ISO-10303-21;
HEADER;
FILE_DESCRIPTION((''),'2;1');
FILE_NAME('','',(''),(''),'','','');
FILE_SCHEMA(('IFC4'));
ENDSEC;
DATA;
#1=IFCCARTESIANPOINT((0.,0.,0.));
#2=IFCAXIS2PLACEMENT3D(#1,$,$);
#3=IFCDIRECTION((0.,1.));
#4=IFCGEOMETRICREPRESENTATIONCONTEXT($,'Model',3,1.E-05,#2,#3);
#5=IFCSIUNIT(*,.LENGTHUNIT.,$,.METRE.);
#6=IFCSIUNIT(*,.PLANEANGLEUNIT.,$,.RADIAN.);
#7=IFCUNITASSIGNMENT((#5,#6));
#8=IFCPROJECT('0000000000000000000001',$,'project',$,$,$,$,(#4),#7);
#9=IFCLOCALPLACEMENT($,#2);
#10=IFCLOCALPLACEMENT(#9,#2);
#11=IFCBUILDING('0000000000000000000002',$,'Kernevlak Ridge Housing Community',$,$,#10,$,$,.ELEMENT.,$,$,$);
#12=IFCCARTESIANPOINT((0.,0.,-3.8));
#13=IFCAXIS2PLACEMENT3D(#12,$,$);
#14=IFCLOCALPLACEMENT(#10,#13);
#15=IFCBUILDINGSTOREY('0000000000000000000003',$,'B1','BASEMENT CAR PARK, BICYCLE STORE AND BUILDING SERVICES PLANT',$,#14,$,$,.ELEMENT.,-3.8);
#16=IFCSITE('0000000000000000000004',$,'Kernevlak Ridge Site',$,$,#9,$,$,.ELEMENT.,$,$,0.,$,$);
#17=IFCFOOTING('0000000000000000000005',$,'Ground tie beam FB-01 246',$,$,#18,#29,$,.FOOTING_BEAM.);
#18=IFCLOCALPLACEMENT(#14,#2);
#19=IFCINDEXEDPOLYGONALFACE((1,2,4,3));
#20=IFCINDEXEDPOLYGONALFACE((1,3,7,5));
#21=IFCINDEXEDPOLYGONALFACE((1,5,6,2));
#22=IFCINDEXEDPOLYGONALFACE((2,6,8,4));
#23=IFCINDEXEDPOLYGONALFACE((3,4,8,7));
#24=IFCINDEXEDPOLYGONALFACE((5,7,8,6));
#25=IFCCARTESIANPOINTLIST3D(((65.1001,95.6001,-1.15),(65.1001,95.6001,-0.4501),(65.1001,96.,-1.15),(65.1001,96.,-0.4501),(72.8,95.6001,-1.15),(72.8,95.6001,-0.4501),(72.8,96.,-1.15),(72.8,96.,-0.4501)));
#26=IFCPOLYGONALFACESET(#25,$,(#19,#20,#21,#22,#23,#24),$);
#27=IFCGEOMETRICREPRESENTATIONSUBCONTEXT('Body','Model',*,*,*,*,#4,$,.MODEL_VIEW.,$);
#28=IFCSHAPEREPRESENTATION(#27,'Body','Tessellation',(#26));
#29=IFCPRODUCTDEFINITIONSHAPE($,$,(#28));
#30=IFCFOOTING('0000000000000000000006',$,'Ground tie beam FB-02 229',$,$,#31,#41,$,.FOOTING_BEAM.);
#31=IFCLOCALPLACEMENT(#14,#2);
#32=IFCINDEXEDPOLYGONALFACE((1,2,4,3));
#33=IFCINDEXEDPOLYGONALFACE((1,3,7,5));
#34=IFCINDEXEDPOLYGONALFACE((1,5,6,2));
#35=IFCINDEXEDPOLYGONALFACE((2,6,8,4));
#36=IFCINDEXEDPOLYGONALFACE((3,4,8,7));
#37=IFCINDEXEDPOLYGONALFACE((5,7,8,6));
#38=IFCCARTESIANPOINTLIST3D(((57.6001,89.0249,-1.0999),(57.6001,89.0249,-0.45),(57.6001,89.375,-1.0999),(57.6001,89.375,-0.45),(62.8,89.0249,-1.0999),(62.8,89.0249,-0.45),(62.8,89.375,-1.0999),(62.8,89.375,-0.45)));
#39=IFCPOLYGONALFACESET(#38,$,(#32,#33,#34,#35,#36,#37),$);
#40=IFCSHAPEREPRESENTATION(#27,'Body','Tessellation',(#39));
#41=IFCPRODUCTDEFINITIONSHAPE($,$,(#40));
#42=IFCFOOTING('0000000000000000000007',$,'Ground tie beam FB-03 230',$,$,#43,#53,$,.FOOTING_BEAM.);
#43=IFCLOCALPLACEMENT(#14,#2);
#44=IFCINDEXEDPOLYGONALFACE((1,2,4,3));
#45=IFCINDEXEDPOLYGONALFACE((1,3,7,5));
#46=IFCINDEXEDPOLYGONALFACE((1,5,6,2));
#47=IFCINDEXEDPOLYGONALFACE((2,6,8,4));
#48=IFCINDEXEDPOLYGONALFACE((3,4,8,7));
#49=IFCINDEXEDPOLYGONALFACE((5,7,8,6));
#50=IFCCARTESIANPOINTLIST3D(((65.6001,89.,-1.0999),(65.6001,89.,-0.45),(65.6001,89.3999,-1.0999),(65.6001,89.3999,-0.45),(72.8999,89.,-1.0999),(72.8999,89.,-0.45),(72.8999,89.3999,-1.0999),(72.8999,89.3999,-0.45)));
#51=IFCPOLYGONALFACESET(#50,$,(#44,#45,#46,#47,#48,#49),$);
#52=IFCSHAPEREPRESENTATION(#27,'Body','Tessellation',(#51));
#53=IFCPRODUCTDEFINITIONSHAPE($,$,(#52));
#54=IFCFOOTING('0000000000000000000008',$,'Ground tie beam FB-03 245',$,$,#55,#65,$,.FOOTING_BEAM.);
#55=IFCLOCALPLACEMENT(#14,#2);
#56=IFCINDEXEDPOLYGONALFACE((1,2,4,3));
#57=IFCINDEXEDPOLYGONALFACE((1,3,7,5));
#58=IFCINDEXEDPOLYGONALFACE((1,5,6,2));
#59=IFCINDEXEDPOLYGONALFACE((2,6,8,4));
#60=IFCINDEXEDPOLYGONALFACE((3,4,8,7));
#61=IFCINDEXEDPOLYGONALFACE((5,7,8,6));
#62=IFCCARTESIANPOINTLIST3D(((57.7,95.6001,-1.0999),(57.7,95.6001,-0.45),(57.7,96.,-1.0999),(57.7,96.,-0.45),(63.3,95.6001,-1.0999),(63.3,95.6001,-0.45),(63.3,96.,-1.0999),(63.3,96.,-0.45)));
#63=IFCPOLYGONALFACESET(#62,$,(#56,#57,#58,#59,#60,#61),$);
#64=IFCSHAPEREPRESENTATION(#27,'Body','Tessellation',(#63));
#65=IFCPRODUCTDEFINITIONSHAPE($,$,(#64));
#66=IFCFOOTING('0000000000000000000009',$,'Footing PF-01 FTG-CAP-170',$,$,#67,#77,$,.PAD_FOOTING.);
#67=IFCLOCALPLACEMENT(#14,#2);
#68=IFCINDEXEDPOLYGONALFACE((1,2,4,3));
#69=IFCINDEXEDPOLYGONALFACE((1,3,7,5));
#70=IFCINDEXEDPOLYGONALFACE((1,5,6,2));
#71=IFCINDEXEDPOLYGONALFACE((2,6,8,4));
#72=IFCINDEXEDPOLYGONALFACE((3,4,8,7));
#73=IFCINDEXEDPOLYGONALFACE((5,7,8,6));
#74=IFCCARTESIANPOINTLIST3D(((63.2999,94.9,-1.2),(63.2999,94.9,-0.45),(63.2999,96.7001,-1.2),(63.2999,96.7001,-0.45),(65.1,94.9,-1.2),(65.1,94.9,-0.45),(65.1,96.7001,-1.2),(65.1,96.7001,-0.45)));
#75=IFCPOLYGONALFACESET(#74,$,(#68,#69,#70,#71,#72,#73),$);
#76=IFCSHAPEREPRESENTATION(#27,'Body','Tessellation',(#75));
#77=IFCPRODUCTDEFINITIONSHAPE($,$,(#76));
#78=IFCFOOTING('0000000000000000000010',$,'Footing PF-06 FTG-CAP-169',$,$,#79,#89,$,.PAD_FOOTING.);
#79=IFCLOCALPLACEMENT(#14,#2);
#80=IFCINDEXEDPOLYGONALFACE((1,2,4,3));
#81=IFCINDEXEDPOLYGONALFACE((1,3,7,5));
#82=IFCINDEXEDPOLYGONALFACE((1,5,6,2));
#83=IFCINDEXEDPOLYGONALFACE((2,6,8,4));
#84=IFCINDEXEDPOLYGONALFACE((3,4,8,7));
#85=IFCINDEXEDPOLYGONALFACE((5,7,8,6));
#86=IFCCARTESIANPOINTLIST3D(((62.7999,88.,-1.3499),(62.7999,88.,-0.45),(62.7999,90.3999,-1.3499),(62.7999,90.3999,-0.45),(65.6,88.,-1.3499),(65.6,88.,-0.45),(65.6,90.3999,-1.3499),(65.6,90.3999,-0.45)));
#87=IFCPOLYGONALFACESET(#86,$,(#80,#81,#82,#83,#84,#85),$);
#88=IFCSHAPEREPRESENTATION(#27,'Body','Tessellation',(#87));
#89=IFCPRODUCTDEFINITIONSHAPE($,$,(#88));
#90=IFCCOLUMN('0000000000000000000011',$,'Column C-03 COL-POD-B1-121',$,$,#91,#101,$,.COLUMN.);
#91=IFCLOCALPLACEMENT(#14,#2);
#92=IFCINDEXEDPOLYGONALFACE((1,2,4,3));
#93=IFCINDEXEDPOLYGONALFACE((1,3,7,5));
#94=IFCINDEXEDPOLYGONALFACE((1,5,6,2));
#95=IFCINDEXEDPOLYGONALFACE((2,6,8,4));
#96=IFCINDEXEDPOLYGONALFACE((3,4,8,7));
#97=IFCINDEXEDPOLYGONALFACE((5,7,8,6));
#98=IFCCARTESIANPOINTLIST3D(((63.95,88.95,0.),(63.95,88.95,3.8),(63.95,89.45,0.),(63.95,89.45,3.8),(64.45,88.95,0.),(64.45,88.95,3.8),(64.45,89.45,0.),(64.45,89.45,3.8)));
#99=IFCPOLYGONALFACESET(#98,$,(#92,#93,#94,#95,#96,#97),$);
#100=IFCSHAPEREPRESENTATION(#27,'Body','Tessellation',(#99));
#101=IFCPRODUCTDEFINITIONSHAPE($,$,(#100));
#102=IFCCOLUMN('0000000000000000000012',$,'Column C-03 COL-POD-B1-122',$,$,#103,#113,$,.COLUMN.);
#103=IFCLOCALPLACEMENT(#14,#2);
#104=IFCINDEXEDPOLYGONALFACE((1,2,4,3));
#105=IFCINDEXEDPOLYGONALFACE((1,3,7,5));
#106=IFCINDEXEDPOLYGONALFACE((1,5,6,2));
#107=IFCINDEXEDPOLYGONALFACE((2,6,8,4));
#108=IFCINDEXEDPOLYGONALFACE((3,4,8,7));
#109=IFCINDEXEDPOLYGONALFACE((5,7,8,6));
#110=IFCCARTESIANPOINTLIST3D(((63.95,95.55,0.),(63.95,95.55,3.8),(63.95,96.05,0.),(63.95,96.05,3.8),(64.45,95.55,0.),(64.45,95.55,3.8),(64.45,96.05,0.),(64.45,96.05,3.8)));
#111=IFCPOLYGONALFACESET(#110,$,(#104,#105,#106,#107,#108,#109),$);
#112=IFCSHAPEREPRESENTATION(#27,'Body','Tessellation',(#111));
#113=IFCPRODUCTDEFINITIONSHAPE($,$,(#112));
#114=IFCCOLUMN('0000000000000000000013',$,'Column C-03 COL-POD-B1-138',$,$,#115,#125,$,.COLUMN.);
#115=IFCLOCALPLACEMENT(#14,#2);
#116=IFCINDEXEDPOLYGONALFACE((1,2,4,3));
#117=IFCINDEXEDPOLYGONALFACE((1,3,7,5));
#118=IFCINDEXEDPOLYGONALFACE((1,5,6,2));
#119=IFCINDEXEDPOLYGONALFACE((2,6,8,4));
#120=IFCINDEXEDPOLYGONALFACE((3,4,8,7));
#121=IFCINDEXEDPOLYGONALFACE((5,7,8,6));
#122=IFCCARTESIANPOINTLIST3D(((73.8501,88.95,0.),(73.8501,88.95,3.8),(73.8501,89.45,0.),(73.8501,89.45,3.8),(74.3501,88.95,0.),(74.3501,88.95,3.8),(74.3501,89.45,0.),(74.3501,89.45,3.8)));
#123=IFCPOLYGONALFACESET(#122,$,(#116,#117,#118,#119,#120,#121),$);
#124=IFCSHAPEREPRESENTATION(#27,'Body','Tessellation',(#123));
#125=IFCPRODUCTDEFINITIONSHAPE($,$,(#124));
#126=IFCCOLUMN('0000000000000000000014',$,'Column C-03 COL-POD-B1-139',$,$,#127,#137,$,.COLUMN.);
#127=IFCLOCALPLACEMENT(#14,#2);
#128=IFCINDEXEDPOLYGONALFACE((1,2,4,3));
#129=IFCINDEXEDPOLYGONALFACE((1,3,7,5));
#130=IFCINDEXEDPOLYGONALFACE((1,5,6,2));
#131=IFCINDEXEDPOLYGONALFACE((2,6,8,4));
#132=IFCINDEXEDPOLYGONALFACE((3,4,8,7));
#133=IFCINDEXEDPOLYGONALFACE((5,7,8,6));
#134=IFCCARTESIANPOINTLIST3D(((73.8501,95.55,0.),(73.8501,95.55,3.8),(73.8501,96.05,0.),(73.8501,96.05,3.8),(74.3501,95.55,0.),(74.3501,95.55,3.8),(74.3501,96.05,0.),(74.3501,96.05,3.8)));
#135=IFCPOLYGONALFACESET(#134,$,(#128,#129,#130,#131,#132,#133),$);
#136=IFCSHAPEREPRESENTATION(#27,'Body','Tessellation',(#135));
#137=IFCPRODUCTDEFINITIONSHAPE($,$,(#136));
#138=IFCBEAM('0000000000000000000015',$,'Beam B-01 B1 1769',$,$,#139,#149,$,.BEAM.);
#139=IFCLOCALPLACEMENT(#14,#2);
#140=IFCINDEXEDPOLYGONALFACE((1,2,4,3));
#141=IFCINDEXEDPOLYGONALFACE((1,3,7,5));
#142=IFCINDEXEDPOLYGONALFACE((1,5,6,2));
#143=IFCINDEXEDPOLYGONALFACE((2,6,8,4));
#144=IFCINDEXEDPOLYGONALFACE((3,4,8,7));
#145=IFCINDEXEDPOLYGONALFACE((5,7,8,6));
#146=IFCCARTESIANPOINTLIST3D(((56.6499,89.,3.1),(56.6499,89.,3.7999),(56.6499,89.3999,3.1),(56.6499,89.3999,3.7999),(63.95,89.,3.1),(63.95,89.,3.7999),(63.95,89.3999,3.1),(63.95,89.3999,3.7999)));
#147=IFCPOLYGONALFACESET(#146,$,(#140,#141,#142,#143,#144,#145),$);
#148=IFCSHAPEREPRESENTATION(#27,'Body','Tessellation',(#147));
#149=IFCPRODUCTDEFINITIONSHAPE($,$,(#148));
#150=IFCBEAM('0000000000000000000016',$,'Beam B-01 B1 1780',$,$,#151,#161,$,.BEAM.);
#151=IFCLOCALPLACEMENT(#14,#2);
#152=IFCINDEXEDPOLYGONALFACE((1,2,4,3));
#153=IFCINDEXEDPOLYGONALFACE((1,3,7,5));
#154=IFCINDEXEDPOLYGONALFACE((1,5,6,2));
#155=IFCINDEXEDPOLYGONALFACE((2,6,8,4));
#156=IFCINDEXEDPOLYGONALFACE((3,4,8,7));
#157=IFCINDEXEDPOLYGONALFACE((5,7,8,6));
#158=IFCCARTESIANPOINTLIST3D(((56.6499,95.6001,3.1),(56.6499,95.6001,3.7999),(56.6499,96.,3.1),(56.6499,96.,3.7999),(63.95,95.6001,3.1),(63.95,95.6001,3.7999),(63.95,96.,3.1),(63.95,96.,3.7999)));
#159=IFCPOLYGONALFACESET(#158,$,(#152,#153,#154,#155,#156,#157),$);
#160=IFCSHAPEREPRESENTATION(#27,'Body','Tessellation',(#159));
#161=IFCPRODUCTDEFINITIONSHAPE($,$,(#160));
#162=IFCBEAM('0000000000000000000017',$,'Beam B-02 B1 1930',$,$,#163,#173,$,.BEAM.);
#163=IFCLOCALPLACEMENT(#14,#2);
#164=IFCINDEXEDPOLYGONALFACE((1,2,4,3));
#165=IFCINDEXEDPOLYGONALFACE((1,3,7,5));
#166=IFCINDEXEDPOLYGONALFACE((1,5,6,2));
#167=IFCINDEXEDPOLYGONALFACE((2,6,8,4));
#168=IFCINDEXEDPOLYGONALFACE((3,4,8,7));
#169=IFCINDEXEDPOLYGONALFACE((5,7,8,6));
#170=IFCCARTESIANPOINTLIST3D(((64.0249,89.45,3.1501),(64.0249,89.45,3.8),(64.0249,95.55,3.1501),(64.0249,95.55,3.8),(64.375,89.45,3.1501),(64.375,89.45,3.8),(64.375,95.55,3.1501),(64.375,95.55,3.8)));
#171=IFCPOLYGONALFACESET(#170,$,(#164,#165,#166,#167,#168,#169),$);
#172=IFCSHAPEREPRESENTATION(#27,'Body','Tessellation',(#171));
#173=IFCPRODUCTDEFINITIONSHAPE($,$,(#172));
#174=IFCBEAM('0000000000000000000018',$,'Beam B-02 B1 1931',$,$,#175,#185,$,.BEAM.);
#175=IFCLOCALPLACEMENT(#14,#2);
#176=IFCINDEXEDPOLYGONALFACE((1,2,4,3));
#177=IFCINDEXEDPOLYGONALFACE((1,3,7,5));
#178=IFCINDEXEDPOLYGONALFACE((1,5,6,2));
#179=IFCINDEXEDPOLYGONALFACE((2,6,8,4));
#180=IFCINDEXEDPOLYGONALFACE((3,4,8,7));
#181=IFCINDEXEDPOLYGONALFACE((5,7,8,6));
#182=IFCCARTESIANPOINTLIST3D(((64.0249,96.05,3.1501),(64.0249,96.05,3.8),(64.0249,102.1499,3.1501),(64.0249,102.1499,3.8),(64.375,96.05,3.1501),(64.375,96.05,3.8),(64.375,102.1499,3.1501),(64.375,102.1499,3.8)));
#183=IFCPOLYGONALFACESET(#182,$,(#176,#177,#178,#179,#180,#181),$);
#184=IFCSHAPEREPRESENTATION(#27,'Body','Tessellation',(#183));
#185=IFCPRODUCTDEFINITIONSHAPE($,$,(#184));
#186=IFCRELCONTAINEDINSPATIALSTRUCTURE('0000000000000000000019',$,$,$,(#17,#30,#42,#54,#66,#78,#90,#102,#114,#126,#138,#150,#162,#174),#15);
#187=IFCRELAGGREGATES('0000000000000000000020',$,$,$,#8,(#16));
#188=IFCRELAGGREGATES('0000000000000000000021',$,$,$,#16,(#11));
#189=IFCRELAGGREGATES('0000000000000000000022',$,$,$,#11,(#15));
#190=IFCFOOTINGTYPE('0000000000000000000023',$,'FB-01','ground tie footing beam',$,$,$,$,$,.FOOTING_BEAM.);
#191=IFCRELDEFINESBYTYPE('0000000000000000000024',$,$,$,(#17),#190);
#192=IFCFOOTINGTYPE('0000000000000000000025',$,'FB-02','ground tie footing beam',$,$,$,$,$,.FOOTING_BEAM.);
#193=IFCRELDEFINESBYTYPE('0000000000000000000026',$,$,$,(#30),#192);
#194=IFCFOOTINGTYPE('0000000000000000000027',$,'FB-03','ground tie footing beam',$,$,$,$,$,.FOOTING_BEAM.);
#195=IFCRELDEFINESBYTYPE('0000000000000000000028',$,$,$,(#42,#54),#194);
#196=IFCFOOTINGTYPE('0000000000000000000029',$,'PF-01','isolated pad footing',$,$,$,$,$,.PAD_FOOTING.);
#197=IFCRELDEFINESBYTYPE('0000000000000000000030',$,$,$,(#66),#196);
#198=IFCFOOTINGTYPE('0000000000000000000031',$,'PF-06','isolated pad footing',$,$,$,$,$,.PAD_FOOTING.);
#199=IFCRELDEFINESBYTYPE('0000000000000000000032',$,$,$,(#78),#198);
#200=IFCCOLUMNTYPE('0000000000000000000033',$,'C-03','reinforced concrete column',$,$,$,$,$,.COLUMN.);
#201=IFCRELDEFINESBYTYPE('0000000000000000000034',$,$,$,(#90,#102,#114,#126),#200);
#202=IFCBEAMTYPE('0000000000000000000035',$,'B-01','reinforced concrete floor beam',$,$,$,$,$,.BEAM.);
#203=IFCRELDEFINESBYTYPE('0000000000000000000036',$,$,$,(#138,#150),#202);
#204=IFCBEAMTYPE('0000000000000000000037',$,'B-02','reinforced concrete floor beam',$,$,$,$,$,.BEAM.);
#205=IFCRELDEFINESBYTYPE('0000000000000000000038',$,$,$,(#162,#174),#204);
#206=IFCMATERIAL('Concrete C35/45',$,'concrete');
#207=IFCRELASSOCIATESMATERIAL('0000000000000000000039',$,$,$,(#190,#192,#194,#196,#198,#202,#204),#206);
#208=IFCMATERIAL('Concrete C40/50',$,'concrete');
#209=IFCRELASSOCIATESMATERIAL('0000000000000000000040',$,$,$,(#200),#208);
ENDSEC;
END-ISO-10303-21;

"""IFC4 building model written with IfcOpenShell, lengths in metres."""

from ifc_helpers import new_model, si_unit, direction, frame, origin, origin_2d, place, context, subcontext, project, spatial, rectangle, extrude, material, material_profile, profile_set, type_object, element, save


model = new_model("IFC4")

# Units and contexts
model_context = context("Model", 3, precision=1e-05, world=origin(), true_north=direction((0.0, 1.0)))
body_context = subcontext(model_context, "Body", "Model", "MODEL_VIEW")
ifc_project = project(units=[si_unit("LENGTHUNIT", "METRE"), si_unit("PLANEANGLEUNIT", "RADIAN")], contexts=[model_context])

# Site, building, storey
site_placement = place(None, origin())
site = spatial("IfcSite", under=ifc_project, at=site_placement, Name="Kernevlak Ridge Site", CompositionType="ELEMENT", RefElevation=0.0)
building_placement = place(site_placement, origin())
building = spatial("IfcBuilding", under=site, at=building_placement, Name="Kernevlak Ridge Housing Community", CompositionType="ELEMENT")
storey_placement = place(building_placement, frame((0.0, 0.0, -3.8)))
storey = spatial("IfcBuildingStorey", under=building, at=storey_placement, Name="B1", Description="BASEMENT CAR PARK, BICYCLE STORE AND BUILDING SERVICES PLANT", CompositionType="ELEMENT", Elevation=-3.8)

# Footings
ifc_material_1 = material(Name="Concrete C35/45", Category="concrete")
ifc_material_profile_1 = material_profile(ifc_material_1, rectangle(XDim=0.3999, YDim=0.7, at=origin_2d()), Name="RC 400x700")
ifc_profile_set_1 = profile_set([ifc_material_profile_1], Name="Concrete C35/45")
footing_type_1 = type_object("IfcFootingType", Name="FB-01", Description="ground tie footing beam", PredefinedType="FOOTING_BEAM", material=ifc_profile_set_1)
footing_1_placement = place(storey_placement, frame((65.1001, 95.8, -0.8), z_axis=(1.0, 0.0, 0.0), x_axis=(0.0, 1.0, 0.0)))
element("IfcFooting", 1, at=footing_1_placement, inside=storey, type_object=footing_type_1, Name="Ground tie beam FB-01 246", PredefinedType="FOOTING_BEAM", context=body_context, shape_type="SweptSolid", body=[
    extrude(rectangle(XDim=0.3999, YDim=0.7, at=origin_2d()), origin(), (0.0, 0.0, 1.0), 7.7),
])
ifc_material_profile_2 = material_profile(ifc_material_1, rectangle(XDim=0.3501, YDim=0.6499, at=origin_2d()), Name="RC 350x650")
ifc_profile_set_2 = profile_set([ifc_material_profile_2], Name="Concrete C35/45")
footing_type_2 = type_object("IfcFootingType", Name="FB-02", Description="ground tie footing beam", PredefinedType="FOOTING_BEAM", material=ifc_profile_set_2)
footing_2_placement = place(storey_placement, frame((57.6001, 89.2, -0.7749), z_axis=(1.0, 0.0, 0.0), x_axis=(0.0, 1.0, 0.0)))
element("IfcFooting", 2, at=footing_2_placement, inside=storey, type_object=footing_type_2, Name="Ground tie beam FB-02 229", PredefinedType="FOOTING_BEAM", context=body_context, shape_type="SweptSolid", body=[
    extrude(rectangle(XDim=0.3501, YDim=0.6499, at=origin_2d()), origin(), (0.0, 0.0, 1.0), 5.2),
])
ifc_material_profile_3 = material_profile(ifc_material_1, rectangle(XDim=0.3999, YDim=0.6499, at=origin_2d()), Name="RC 400x650")
ifc_profile_set_3 = profile_set([ifc_material_profile_3], Name="Concrete C35/45")
footing_type_3 = type_object("IfcFootingType", Name="FB-03", Description="ground tie footing beam", PredefinedType="FOOTING_BEAM", material=ifc_profile_set_3)
footing_3_placement = place(storey_placement, frame((65.6001, 89.2, -0.7749), z_axis=(1.0, 0.0, 0.0), x_axis=(0.0, 1.0, 0.0)))
element("IfcFooting", 3, at=footing_3_placement, inside=storey, type_object=footing_type_3, Name="Ground tie beam FB-03 230", PredefinedType="FOOTING_BEAM", context=body_context, shape_type="SweptSolid", body=[
    extrude(rectangle(XDim=0.3999, YDim=0.6499, at=origin_2d()), origin(), (0.0, 0.0, 1.0), 7.2998),
])
footing_4_placement = place(storey_placement, frame((57.7, 95.8, -0.7749), z_axis=(1.0, 0.0, 0.0), x_axis=(0.0, 1.0, 0.0)))
element("IfcFooting", 4, at=footing_4_placement, inside=storey, type_object=footing_type_3, Name="Ground tie beam FB-03 245", PredefinedType="FOOTING_BEAM", context=body_context, shape_type="SweptSolid", body=[
    extrude(rectangle(XDim=0.3999, YDim=0.6499, at=origin_2d()), origin(), (0.0, 0.0, 1.0), 5.6001),
])
footing_type_4 = type_object("IfcFootingType", Name="PF-01", Description="isolated pad footing", PredefinedType="PAD_FOOTING", material=ifc_material_1)
footing_5_placement = place(storey_placement, frame((64.2, 95.8, -1.2), z_axis=(0.0, 0.0, 1.0), x_axis=(1.0, 0.0, 0.0)))
element("IfcFooting", 5, at=footing_5_placement, inside=storey, type_object=footing_type_4, Name="Footing PF-01 FTG-CAP-170", PredefinedType="PAD_FOOTING", context=body_context, shape_type="SweptSolid", body=[
    extrude(rectangle(XDim=1.8, YDim=1.8, at=origin_2d()), origin(), (0.0, 0.0, 1.0), 0.75),
])
footing_type_5 = type_object("IfcFootingType", Name="PF-06", Description="isolated pad footing", PredefinedType="PAD_FOOTING", material=ifc_material_1)
footing_6_placement = place(storey_placement, frame((64.2, 89.2, -1.3499), z_axis=(0.0, 0.0, 1.0), x_axis=(1.0, 0.0, 0.0)))
element("IfcFooting", 6, at=footing_6_placement, inside=storey, type_object=footing_type_5, Name="Footing PF-06 FTG-CAP-169", PredefinedType="PAD_FOOTING", context=body_context, shape_type="SweptSolid", body=[
    extrude(rectangle(XDim=2.8, YDim=2.3999, at=origin_2d()), origin(), (0.0, 0.0, 1.0), 0.8999),
])

# Columns
ifc_material_2 = material(Name="Concrete C40/50", Category="concrete")
ifc_material_profile_4 = material_profile(ifc_material_2, rectangle(XDim=0.5, YDim=0.5, at=origin_2d()), Name="RC 500x500")
ifc_profile_set_4 = profile_set([ifc_material_profile_4], Name="Concrete C40/50")
column_type = type_object("IfcColumnType", Name="C-03", Description="reinforced concrete column", PredefinedType="COLUMN", material=ifc_profile_set_4)
for number, where, z_axis, x_axis, name in (
    (7, (64.2, 89.2, 0.0), (0.0, 0.0, 1.0), (1.0, 0.0, 0.0), "Column C-03 COL-POD-B1-121"),
    (8, (64.2, 95.8, 0.0), (0.0, 0.0, 1.0), (1.0, 0.0, 0.0), "Column C-03 COL-POD-B1-122"),
    (9, (74.1001, 89.2, 0.0), (0.0, 0.0, 1.0), (1.0, 0.0, 0.0), "Column C-03 COL-POD-B1-138"),
    (10, (74.1001, 95.8, 0.0), (0.0, 0.0, 1.0), (1.0, 0.0, 0.0), "Column C-03 COL-POD-B1-139"),
):
    element("IfcColumn", number, at=place(storey_placement, frame(where, z_axis=z_axis, x_axis=x_axis)), inside=storey, type_object=column_type, Name=name, PredefinedType="COLUMN", context=body_context, shape_type="SweptSolid", body=[
        extrude(rectangle(XDim=0.5, YDim=0.5, at=origin_2d()), origin(), (0.0, 0.0, 1.0), 3.8),
    ])

# Beams
ifc_material_profile_5 = material_profile(ifc_material_1, rectangle(XDim=0.3999, YDim=0.7, at=origin_2d()), Name="RC 400x700")
ifc_profile_set_5 = profile_set([ifc_material_profile_5], Name="Concrete C35/45")
beam_type_1 = type_object("IfcBeamType", Name="B-01", Description="reinforced concrete floor beam", PredefinedType="BEAM", material=ifc_profile_set_5)
for number, where, z_axis, x_axis, name in (
    (11, (56.6499, 89.2, 3.45), (1.0, 0.0, 0.0), (0.0, 1.0, 0.0), "Beam B-01 B1 1769"),
    (12, (56.6499, 95.8, 3.45), (1.0, 0.0, 0.0), (0.0, 1.0, 0.0), "Beam B-01 B1 1780"),
):
    element("IfcBeam", number, at=place(storey_placement, frame(where, z_axis=z_axis, x_axis=x_axis)), inside=storey, type_object=beam_type_1, Name=name, PredefinedType="BEAM", context=body_context, shape_type="SweptSolid", body=[
        extrude(rectangle(XDim=0.3999, YDim=0.7, at=origin_2d()), origin(), (0.0, 0.0, 1.0), 7.3),
    ])
ifc_material_profile_6 = material_profile(ifc_material_1, rectangle(XDim=0.3501, YDim=0.6499, at=origin_2d()), Name="RC 350x650")
ifc_profile_set_6 = profile_set([ifc_material_profile_6], Name="Concrete C35/45")
beam_type_2 = type_object("IfcBeamType", Name="B-02", Description="reinforced concrete floor beam", PredefinedType="BEAM", material=ifc_profile_set_6)
beam_1_placement = place(storey_placement, frame((64.2, 89.45, 3.4751), z_axis=(0.0, 1.0, 0.0), x_axis=(-1.0, 0.0, 0.0)))
element("IfcBeam", 13, at=beam_1_placement, inside=storey, type_object=beam_type_2, Name="Beam B-02 B1 1930", PredefinedType="BEAM", context=body_context, shape_type="SweptSolid", body=[
    extrude(rectangle(XDim=0.3501, YDim=0.6499, at=origin_2d()), origin(), (0.0, 0.0, 1.0), 6.1001),
])
beam_2_placement = place(storey_placement, frame((64.2, 96.05, 3.4751), z_axis=(0.0, 1.0, 0.0), x_axis=(-1.0, 0.0, 0.0)))
element("IfcBeam", 14, at=beam_2_placement, inside=storey, type_object=beam_type_2, Name="Beam B-02 B1 1931", PredefinedType="BEAM", context=body_context, shape_type="SweptSolid", body=[
    extrude(rectangle(XDim=0.3501, YDim=0.6499, at=origin_2d()), origin(), (0.0, 0.0, 1.0), 6.0999),
])

save(model, "model.ifc")
